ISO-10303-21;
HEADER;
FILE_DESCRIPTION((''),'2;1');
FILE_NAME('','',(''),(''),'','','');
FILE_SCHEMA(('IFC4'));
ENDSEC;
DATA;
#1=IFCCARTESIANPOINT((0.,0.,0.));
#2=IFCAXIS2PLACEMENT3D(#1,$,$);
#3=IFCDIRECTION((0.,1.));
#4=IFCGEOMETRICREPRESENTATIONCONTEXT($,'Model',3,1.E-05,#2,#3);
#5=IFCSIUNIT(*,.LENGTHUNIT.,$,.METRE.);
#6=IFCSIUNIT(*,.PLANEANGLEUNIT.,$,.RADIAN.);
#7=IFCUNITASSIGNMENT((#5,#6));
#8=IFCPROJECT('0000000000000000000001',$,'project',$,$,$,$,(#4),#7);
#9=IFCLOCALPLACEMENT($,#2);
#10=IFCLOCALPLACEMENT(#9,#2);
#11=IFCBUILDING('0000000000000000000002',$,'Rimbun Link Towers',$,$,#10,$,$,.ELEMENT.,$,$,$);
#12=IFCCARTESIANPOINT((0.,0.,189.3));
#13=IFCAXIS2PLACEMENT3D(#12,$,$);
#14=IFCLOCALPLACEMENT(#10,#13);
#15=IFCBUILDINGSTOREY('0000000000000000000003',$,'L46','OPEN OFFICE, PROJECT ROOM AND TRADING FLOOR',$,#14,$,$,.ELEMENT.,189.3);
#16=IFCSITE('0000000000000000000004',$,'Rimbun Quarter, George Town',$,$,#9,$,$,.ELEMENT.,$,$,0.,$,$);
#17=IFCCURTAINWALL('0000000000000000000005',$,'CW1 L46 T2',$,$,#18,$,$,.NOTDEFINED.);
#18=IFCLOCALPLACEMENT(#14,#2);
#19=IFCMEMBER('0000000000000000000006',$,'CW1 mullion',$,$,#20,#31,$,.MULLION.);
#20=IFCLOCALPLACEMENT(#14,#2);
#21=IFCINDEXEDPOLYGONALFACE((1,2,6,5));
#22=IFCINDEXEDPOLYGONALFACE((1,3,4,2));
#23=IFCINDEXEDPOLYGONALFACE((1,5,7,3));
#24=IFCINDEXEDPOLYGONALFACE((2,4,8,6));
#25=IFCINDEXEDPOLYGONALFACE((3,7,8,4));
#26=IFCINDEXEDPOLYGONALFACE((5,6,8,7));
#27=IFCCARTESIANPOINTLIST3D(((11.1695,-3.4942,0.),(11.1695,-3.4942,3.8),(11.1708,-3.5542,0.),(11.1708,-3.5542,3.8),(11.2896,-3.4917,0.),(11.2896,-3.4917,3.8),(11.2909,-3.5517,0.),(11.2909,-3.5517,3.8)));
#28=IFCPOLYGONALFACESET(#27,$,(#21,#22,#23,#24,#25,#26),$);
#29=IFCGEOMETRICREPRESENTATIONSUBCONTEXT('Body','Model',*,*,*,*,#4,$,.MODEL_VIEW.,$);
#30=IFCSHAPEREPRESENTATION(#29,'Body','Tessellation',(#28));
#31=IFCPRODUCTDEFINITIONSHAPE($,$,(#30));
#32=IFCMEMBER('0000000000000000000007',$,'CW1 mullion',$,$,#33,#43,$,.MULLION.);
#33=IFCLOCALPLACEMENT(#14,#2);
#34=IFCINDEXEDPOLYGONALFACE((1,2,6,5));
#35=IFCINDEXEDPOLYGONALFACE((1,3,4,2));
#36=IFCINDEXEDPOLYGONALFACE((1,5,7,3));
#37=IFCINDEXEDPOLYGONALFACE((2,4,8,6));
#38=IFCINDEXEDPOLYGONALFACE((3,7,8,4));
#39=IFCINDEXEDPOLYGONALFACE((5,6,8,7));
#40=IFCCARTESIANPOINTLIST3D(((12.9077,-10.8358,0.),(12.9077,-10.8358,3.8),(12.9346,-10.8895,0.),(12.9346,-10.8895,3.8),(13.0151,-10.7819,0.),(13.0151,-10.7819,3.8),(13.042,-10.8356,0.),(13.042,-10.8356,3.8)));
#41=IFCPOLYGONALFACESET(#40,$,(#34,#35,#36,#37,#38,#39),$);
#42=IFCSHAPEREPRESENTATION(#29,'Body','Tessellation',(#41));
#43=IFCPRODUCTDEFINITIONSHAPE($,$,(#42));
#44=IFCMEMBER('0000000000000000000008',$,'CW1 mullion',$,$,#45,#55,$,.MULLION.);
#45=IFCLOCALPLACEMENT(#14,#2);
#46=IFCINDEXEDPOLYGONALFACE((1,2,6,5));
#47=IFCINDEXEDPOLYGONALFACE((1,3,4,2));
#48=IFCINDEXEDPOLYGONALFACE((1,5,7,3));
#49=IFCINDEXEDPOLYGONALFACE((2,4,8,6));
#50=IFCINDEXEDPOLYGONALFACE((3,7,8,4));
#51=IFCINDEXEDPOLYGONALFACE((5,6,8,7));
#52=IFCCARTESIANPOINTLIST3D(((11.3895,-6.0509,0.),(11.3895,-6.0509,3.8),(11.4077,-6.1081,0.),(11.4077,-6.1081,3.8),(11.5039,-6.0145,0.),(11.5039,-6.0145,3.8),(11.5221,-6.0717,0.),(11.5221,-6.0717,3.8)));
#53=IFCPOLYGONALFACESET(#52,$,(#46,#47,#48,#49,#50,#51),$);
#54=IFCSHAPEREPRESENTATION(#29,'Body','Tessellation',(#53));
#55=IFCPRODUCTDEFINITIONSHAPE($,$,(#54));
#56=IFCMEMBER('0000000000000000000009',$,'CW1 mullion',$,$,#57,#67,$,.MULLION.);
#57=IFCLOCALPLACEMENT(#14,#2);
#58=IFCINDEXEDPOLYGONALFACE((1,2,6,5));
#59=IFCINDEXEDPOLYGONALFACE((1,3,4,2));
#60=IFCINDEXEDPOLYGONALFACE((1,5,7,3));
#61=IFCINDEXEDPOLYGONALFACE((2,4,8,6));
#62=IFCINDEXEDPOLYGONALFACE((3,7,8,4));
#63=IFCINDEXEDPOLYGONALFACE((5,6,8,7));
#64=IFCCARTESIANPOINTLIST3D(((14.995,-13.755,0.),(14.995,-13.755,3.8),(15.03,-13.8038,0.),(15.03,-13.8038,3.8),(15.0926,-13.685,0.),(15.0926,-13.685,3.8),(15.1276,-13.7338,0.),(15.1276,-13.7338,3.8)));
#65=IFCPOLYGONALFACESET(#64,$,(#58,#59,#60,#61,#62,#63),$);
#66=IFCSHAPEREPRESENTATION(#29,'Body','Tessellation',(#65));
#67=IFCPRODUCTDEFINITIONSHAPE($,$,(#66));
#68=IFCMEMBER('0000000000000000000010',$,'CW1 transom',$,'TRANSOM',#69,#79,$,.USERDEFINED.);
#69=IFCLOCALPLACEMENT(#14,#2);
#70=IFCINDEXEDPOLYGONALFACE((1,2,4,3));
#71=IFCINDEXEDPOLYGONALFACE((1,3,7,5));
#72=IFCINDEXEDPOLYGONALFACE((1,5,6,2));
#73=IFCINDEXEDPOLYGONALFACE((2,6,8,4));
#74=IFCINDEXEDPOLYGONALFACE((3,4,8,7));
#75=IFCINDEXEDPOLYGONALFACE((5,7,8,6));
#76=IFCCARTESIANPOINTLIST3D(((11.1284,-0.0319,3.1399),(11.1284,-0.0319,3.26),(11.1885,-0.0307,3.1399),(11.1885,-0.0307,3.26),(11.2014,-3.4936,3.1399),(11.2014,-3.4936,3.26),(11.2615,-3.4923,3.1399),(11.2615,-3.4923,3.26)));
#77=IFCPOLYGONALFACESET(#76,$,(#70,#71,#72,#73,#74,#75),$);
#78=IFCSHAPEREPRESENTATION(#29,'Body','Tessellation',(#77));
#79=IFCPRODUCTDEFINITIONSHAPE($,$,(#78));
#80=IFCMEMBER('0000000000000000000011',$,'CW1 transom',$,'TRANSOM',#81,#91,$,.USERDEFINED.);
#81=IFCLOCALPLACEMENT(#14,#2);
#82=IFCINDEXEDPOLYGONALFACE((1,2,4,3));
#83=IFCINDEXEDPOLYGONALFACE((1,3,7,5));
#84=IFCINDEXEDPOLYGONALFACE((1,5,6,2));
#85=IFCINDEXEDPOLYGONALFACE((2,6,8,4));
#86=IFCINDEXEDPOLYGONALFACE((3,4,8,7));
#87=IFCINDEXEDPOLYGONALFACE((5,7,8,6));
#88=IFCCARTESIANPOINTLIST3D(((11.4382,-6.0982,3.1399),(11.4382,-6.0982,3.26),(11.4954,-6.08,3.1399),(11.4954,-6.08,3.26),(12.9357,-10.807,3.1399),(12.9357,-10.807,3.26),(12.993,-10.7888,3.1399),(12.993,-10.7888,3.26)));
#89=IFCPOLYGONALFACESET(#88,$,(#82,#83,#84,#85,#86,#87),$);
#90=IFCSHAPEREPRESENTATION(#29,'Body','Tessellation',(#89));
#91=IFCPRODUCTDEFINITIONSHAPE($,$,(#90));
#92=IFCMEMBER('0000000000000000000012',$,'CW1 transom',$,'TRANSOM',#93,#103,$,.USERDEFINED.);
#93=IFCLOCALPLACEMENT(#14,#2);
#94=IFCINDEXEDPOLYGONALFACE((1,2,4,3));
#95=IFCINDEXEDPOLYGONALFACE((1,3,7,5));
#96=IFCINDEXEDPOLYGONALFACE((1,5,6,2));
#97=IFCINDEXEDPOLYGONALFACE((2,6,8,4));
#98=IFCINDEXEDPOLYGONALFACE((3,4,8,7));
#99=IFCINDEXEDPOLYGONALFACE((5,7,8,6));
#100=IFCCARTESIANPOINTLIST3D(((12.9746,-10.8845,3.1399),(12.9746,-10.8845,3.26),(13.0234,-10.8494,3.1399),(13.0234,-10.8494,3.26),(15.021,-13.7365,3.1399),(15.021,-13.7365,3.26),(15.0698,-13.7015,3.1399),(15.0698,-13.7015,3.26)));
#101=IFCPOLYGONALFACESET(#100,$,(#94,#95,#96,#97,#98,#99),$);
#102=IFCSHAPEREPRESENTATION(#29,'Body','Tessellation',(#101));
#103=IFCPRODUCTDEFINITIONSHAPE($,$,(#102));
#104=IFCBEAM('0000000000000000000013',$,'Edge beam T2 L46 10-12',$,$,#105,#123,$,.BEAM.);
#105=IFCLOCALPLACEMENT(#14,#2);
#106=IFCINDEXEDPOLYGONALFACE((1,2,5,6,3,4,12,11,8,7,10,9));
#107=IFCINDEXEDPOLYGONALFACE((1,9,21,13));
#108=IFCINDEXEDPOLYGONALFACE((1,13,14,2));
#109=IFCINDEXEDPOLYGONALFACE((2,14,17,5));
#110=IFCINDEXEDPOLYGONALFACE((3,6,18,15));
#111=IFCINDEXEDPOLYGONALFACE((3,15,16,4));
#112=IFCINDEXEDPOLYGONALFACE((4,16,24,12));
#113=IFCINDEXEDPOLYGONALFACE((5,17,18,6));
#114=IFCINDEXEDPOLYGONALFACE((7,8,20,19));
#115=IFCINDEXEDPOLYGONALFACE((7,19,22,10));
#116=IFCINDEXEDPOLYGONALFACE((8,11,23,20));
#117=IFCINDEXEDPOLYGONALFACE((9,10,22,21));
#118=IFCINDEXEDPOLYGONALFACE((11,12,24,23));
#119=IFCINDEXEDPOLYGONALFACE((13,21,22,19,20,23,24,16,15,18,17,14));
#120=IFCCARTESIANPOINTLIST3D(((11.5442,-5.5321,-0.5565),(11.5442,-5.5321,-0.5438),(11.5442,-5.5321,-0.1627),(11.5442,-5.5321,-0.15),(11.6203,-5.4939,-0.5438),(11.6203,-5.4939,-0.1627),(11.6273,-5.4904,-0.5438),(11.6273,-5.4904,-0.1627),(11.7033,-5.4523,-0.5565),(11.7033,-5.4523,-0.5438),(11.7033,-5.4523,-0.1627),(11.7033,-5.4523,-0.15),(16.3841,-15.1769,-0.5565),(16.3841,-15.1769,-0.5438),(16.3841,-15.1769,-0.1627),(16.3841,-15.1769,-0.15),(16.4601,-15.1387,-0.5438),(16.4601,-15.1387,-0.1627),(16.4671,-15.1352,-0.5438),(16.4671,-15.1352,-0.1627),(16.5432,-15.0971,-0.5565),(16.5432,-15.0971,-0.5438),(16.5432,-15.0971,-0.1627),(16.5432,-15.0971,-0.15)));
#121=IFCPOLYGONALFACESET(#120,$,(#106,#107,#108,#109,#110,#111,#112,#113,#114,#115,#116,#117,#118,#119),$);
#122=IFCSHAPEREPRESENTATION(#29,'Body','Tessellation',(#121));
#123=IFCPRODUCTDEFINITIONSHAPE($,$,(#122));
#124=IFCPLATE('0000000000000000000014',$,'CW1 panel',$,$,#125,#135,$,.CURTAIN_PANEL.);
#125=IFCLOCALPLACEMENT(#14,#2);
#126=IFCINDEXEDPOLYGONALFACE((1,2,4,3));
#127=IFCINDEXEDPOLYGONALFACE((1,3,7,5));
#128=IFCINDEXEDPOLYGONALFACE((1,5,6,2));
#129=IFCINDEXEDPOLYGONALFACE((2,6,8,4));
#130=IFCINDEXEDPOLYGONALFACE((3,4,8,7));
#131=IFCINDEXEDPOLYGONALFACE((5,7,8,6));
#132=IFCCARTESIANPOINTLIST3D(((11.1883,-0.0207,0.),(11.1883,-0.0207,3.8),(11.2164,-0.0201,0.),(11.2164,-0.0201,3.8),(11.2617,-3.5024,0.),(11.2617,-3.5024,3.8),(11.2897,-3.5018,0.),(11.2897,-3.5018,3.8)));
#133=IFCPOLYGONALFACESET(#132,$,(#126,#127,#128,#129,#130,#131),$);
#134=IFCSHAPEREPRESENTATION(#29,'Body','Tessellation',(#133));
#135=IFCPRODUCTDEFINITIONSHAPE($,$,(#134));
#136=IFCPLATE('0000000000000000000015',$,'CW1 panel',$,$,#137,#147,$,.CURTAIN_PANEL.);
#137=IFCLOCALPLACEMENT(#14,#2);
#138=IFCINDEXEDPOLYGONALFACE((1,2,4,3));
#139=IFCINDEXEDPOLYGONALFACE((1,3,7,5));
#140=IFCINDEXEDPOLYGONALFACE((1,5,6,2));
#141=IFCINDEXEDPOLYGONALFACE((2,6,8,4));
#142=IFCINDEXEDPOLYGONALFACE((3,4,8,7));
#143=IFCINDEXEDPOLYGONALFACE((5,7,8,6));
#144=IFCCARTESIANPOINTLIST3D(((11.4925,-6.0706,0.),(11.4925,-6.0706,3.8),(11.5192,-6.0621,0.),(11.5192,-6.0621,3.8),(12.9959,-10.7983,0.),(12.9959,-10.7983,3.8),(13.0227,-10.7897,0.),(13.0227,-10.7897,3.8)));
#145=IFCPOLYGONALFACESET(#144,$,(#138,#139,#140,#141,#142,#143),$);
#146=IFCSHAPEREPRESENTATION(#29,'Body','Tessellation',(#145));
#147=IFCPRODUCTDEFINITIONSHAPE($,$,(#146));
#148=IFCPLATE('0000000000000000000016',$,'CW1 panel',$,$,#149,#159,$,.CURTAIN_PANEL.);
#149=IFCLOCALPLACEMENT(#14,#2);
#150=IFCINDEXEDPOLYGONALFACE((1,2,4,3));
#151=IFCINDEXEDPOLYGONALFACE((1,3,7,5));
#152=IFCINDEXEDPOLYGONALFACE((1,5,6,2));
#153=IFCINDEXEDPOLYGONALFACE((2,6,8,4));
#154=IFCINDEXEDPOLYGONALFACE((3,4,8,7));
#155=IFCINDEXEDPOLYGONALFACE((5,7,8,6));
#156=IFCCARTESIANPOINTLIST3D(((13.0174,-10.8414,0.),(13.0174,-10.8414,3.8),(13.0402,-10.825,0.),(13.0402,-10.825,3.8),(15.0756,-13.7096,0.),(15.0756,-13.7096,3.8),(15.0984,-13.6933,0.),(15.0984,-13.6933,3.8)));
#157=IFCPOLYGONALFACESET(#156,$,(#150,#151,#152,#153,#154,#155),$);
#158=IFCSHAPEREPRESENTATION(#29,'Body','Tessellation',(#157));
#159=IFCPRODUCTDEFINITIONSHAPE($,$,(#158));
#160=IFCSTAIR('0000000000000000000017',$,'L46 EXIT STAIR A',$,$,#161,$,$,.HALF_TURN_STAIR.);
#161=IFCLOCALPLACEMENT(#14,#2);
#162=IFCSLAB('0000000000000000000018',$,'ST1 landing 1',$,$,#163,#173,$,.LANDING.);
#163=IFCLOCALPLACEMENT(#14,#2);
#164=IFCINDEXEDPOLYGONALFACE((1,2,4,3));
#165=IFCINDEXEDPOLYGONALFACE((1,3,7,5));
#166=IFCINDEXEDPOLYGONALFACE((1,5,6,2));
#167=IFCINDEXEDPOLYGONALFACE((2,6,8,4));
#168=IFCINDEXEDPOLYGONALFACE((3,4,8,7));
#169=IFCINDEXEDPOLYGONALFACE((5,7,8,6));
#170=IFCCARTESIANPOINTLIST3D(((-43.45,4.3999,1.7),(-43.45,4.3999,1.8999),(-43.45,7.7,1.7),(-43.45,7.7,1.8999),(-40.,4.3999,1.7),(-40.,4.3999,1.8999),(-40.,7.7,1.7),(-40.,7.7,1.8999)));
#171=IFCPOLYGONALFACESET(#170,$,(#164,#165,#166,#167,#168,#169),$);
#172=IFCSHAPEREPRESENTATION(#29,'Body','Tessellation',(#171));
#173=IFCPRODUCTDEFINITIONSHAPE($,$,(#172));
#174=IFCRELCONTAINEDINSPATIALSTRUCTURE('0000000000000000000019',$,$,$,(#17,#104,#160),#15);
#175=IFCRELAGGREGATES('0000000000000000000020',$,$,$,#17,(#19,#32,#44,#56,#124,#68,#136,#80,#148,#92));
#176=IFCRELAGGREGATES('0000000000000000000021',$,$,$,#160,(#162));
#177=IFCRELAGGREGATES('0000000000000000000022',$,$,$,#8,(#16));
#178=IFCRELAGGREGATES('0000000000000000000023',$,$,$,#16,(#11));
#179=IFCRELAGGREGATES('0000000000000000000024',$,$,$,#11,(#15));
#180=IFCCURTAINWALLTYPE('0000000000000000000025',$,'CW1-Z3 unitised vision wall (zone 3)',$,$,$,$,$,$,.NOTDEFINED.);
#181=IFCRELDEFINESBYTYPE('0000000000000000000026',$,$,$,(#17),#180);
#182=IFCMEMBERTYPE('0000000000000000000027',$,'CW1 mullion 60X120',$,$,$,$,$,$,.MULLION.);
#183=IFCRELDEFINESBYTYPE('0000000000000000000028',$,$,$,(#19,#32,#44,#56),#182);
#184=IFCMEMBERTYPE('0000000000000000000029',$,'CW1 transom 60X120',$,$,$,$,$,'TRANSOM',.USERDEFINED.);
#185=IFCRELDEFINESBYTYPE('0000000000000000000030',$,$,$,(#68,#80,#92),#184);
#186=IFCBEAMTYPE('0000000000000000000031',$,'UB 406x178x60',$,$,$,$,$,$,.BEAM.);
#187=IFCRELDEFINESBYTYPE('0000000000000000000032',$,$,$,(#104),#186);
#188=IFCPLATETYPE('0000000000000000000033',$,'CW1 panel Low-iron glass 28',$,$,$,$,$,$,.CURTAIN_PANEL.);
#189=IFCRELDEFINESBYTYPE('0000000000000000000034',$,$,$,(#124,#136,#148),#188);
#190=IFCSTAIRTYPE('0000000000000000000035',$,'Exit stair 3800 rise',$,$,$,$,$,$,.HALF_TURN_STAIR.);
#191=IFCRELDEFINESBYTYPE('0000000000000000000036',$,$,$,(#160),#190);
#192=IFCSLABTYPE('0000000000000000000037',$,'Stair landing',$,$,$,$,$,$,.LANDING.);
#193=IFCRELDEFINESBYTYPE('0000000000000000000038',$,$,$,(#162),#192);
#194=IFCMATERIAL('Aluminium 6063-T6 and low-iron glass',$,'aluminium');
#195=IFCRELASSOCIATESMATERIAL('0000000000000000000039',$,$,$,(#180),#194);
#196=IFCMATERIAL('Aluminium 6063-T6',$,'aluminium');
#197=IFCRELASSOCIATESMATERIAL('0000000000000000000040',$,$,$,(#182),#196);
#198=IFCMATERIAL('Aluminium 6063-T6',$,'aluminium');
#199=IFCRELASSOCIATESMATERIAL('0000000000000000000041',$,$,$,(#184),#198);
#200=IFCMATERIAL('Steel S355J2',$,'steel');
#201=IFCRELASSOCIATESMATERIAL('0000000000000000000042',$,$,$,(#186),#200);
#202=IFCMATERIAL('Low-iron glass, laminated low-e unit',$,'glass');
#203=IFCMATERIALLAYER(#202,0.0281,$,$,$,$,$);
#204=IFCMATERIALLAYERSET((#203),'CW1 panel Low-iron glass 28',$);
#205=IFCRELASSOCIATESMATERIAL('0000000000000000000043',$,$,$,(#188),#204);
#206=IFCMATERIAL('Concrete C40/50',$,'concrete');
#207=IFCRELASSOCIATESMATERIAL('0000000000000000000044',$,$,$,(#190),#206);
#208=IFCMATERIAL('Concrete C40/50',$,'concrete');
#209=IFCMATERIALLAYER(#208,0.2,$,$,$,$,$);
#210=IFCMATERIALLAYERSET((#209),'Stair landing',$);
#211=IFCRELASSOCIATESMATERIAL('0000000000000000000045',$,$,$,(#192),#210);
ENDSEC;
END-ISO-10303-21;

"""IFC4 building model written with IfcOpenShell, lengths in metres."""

from ifc_helpers import new_model, si_unit, direction, frame, origin, origin_2d, place, context, subcontext, project, spatial, polyline, rectangle, i_section, outline, extrude, material, layer, layer_set, material_profile, profile_set, type_object, element, aggregate, save


model = new_model("IFC4")

# Units and contexts
model_context = context("Model", 3, precision=1e-05, world=origin(), true_north=direction((0.0, 1.0)))
body_context = subcontext(model_context, "Body", "Model", "MODEL_VIEW")
ifc_project = project(units=[si_unit("LENGTHUNIT", "METRE"), si_unit("PLANEANGLEUNIT", "RADIAN")], contexts=[model_context])

# Site, building, storey
site_placement = place(None, origin())
site = spatial("IfcSite", under=ifc_project, at=site_placement, Name="Rimbun Quarter, George Town", CompositionType="ELEMENT", RefElevation=0.0)
building_placement = place(site_placement, origin())
building = spatial("IfcBuilding", under=site, at=building_placement, Name="Rimbun Link Towers", CompositionType="ELEMENT")
storey_placement = place(building_placement, frame((0.0, 0.0, 189.3)))
storey = spatial("IfcBuildingStorey", under=building, at=storey_placement, Name="L46", Description="OPEN OFFICE, PROJECT ROOM AND TRADING FLOOR", CompositionType="ELEMENT", Elevation=189.3)

# Curtain wall, members
ifc_material_1 = material(Name="Aluminium 6063-T6 and low-iron glass", Category="aluminium")
curtain_wall_type = type_object("IfcCurtainWallType", Name="CW1-Z3 unitised vision wall (zone 3)", PredefinedType="NOTDEFINED", material=ifc_material_1)
curtain_wall_placement = place(storey_placement, origin())
curtain_wall = element("IfcCurtainWall", 1, at=curtain_wall_placement, inside=storey, type_object=curtain_wall_type, Name="CW1 L46 T2", PredefinedType="NOTDEFINED")
ifc_material_2 = material(Name="Aluminium 6063-T6", Category="aluminium")
ifc_material_profile_1 = material_profile(ifc_material_2, rectangle(XDim=0.1201, YDim=0.0601, at=origin_2d()), Name="MULLION 60X120")
ifc_profile_set_1 = profile_set([ifc_material_profile_1], Name="Aluminium 6063-T6")
member_type_1 = type_object("IfcMemberType", Name="CW1 mullion 60X120", PredefinedType="MULLION", material=ifc_profile_set_1)
member_1_placement = place(storey_placement, frame((11.2302, -3.5229, 0.0), z_axis=(0.0, 0.0, 1.0), x_axis=(-0.999778, -0.021069, 0.0)))
member_1 = element("IfcMember", 2, at=member_1_placement, type_object=member_type_1, Name="CW1 mullion", PredefinedType="MULLION", context=body_context, shape_type="SweptSolid", body=[
    extrude(rectangle(XDim=0.1201, YDim=0.0601, at=origin_2d()), origin(), (0.0, 0.0, 1.0), 3.8),
])
member_2_placement = place(storey_placement, frame((12.9749, -10.8357, 0.0), z_axis=(0.0, 0.0, 1.0), x_axis=(-0.893748, -0.44857, 0.0)))
member_2 = element("IfcMember", 3, at=member_2_placement, type_object=member_type_1, Name="CW1 mullion", PredefinedType="MULLION", context=body_context, shape_type="SweptSolid", body=[
    extrude(rectangle(XDim=0.1201, YDim=0.0601, at=origin_2d()), origin(), (0.0, 0.0, 1.0), 3.8),
])
member_3_placement = place(storey_placement, frame((11.4558, -6.0613, 0.0), z_axis=(0.0, 0.0, 1.0), x_axis=(-0.952974, -0.303053, 0.0)))
member_3 = element("IfcMember", 4, at=member_3_placement, type_object=member_type_1, Name="CW1 mullion", PredefinedType="MULLION", context=body_context, shape_type="SweptSolid", body=[
    extrude(rectangle(XDim=0.1201, YDim=0.0601, at=origin_2d()), origin(), (0.0, 0.0, 1.0), 3.8),
])
member_4_placement = place(storey_placement, frame((15.0613, -13.7444, 0.0), z_axis=(0.0, 0.0, 1.0), x_axis=(-0.812461, -0.583015, 0.0)))
member_4 = element("IfcMember", 5, at=member_4_placement, type_object=member_type_1, Name="CW1 mullion", PredefinedType="MULLION", context=body_context, shape_type="SweptSolid", body=[
    extrude(rectangle(XDim=0.1201, YDim=0.0601, at=origin_2d()), origin(), (0.0, 0.0, 1.0), 3.8),
])
ifc_material_3 = material(Name="Aluminium 6063-T6", Category="aluminium")
ifc_material_profile_2 = material_profile(ifc_material_3, rectangle(XDim=0.0601, YDim=0.1201, at=origin_2d()), Name="TRANSOM 60X120")
ifc_profile_set_2 = profile_set([ifc_material_profile_2], Name="Aluminium 6063-T6")
member_type_2 = type_object("IfcMemberType", Name="CW1 transom 60X120", ElementType="TRANSOM", PredefinedType="USERDEFINED", material=ifc_profile_set_2)
member_5_placement = place(storey_placement, frame((11.2314, -3.4929, 3.2), z_axis=(-0.021083, 0.999778, 0.0), x_axis=(-0.999778, -0.021083, 0.0)))
member_5 = element("IfcMember", 6, at=member_5_placement, type_object=member_type_2, Name="CW1 transom", ObjectType="TRANSOM", PredefinedType="USERDEFINED", context=body_context, shape_type="SweptSolid", body=[
    extrude(rectangle(XDim=0.0601, YDim=0.1201, at=origin_2d()), origin(), (0.0, 0.0, 1.0), 3.4624),
])
member_6_placement = place(storey_placement, frame((12.9644, -10.7979, 3.2), z_axis=(-0.303079, 0.952965, 0.0), x_axis=(-0.952965, -0.303079, 0.0)))
member_6 = element("IfcMember", 7, at=member_6_placement, type_object=member_type_2, Name="CW1 transom", ObjectType="TRANSOM", PredefinedType="USERDEFINED", context=body_context, shape_type="SweptSolid", body=[
    extrude(rectangle(XDim=0.0601, YDim=0.1201, at=origin_2d()), origin(), (0.0, 0.0, 1.0), 4.9412),
])
member_7_placement = place(storey_placement, frame((15.0454, -13.719, 3.2), z_axis=(-0.582974, 0.812491, 0.0), x_axis=(-0.812491, -0.582974, 0.0)))
member_7 = element("IfcMember", 8, at=member_7_placement, type_object=member_type_2, Name="CW1 transom", ObjectType="TRANSOM", PredefinedType="USERDEFINED", context=body_context, shape_type="SweptSolid", body=[
    extrude(rectangle(XDim=0.0601, YDim=0.1201, at=origin_2d()), origin(), (0.0, 0.0, 1.0), 3.5103),
])

# Beam
ifc_material_4 = material(Name="Steel S355J2", Category="steel")
ifc_material_profile_3 = material_profile(ifc_material_4, i_section(OverallWidth=0.178, OverallDepth=0.4065, WebThickness=0.0078, FlangeThickness=0.0127, at=origin_2d()), Name="UB 406x178x60")
ifc_profile_set_3 = profile_set([ifc_material_profile_3], Name="Steel S355J2")
beam_type = type_object("IfcBeamType", Name="UB 406x178x60", PredefinedType="BEAM", material=ifc_profile_set_3)
beam_placement = place(storey_placement, frame((11.6238, -5.4922, -0.3533), z_axis=(0.448507, -0.893779, 0.0), x_axis=(0.893779, 0.448507, 0.0)))
element("IfcBeam", 9, at=beam_placement, inside=storey, type_object=beam_type, Name="Edge beam T2 L46 10-12", PredefinedType="BEAM", context=body_context, shape_type="SweptSolid", body=[
    extrude(i_section(OverallWidth=0.178, OverallDepth=0.4065, WebThickness=0.0078, FlangeThickness=0.0127, at=origin_2d()), origin(), (0.0, 0.0, 1.0), 10.791),
])

# Plates
ifc_material_5 = material(Name="Low-iron glass, laminated low-e unit", Category="glass")
ifc_layer_1 = layer(ifc_material_5, 0.0281)
ifc_layer_set_1 = layer_set([ifc_layer_1], Name="CW1 panel Low-iron glass 28")
plate_type = type_object("IfcPlateType", Name="CW1 panel Low-iron glass 28", PredefinedType="CURTAIN_PANEL", material=ifc_layer_set_1)
plate_1_placement = place(storey_placement, frame((11.239, -1.7612, 0.0), z_axis=(0.0, 0.0, 1.0), x_axis=(-0.021069, 0.999778, 0.0)))
plate_1 = element("IfcPlate", 10, at=plate_1_placement, type_object=plate_type, Name="CW1 panel", PredefinedType="CURTAIN_PANEL", context=body_context, shape_type="SweptSolid", body=[
    extrude(rectangle(XDim=3.4824, YDim=0.0281, at=origin_2d()), origin(), (0.0, 0.0, 1.0), 3.8),
])
plate_2_placement = place(storey_placement, frame((12.2576, -8.4302, 0.0), z_axis=(0.0, 0.0, 1.0), x_axis=(-0.303053, 0.952974, 0.0)))
plate_2 = element("IfcPlate", 11, at=plate_2_placement, type_object=plate_type, Name="CW1 panel", PredefinedType="CURTAIN_PANEL", context=body_context, shape_type="SweptSolid", body=[
    extrude(rectangle(XDim=4.9609, YDim=0.0281, at=origin_2d()), origin(), (0.0, 0.0, 1.0), 3.8),
])
plate_3_placement = place(storey_placement, frame((14.0579, -12.2673, 0.0), z_axis=(0.0, 0.0, 1.0), x_axis=(-0.583015, 0.812461, 0.0)))
plate_3 = element("IfcPlate", 12, at=plate_3_placement, type_object=plate_type, Name="CW1 panel", PredefinedType="CURTAIN_PANEL", context=body_context, shape_type="SweptSolid", body=[
    extrude(rectangle(XDim=3.5303, YDim=0.0281, at=origin_2d()), origin(), (0.0, 0.0, 1.0), 3.8),
])
aggregate(curtain_wall, [member_1, member_2, member_3, member_4, plate_1, member_5, plate_2, member_6, plate_3, member_7])

# Stair, slab
ifc_material_6 = material(Name="Concrete C40/50", Category="concrete")
stair_type = type_object("IfcStairType", Name="Exit stair 3800 rise", PredefinedType="HALF_TURN_STAIR", material=ifc_material_6)
stair_placement = place(storey_placement, origin())
stair = element("IfcStair", 13, at=stair_placement, inside=storey, type_object=stair_type, Name="L46 EXIT STAIR A", PredefinedType="HALF_TURN_STAIR")
ifc_material_7 = material(Name="Concrete C40/50", Category="concrete")
ifc_layer_2 = layer(ifc_material_7, 0.2)
ifc_layer_set_2 = layer_set([ifc_layer_2], Name="Stair landing")
slab_type = type_object("IfcSlabType", Name="Stair landing", PredefinedType="LANDING", material=ifc_layer_set_2)
slab_placement = place(storey_placement, frame((0.0, 0.0, 1.7)))
slab = element("IfcSlab", 14, at=slab_placement, type_object=slab_type, Name="ST1 landing 1", PredefinedType="LANDING", context=body_context, shape_type="SweptSolid", body=[
    extrude(outline(polyline([(-40.0, 7.7), (-43.45, 7.7), (-43.45, 4.3999), (-40.0, 4.3999), (-40.0, 7.7)])), origin(), (0.0, 0.0, 1.0), 0.2),
])
aggregate(stair, [slab])

save(model, "model.ifc")
